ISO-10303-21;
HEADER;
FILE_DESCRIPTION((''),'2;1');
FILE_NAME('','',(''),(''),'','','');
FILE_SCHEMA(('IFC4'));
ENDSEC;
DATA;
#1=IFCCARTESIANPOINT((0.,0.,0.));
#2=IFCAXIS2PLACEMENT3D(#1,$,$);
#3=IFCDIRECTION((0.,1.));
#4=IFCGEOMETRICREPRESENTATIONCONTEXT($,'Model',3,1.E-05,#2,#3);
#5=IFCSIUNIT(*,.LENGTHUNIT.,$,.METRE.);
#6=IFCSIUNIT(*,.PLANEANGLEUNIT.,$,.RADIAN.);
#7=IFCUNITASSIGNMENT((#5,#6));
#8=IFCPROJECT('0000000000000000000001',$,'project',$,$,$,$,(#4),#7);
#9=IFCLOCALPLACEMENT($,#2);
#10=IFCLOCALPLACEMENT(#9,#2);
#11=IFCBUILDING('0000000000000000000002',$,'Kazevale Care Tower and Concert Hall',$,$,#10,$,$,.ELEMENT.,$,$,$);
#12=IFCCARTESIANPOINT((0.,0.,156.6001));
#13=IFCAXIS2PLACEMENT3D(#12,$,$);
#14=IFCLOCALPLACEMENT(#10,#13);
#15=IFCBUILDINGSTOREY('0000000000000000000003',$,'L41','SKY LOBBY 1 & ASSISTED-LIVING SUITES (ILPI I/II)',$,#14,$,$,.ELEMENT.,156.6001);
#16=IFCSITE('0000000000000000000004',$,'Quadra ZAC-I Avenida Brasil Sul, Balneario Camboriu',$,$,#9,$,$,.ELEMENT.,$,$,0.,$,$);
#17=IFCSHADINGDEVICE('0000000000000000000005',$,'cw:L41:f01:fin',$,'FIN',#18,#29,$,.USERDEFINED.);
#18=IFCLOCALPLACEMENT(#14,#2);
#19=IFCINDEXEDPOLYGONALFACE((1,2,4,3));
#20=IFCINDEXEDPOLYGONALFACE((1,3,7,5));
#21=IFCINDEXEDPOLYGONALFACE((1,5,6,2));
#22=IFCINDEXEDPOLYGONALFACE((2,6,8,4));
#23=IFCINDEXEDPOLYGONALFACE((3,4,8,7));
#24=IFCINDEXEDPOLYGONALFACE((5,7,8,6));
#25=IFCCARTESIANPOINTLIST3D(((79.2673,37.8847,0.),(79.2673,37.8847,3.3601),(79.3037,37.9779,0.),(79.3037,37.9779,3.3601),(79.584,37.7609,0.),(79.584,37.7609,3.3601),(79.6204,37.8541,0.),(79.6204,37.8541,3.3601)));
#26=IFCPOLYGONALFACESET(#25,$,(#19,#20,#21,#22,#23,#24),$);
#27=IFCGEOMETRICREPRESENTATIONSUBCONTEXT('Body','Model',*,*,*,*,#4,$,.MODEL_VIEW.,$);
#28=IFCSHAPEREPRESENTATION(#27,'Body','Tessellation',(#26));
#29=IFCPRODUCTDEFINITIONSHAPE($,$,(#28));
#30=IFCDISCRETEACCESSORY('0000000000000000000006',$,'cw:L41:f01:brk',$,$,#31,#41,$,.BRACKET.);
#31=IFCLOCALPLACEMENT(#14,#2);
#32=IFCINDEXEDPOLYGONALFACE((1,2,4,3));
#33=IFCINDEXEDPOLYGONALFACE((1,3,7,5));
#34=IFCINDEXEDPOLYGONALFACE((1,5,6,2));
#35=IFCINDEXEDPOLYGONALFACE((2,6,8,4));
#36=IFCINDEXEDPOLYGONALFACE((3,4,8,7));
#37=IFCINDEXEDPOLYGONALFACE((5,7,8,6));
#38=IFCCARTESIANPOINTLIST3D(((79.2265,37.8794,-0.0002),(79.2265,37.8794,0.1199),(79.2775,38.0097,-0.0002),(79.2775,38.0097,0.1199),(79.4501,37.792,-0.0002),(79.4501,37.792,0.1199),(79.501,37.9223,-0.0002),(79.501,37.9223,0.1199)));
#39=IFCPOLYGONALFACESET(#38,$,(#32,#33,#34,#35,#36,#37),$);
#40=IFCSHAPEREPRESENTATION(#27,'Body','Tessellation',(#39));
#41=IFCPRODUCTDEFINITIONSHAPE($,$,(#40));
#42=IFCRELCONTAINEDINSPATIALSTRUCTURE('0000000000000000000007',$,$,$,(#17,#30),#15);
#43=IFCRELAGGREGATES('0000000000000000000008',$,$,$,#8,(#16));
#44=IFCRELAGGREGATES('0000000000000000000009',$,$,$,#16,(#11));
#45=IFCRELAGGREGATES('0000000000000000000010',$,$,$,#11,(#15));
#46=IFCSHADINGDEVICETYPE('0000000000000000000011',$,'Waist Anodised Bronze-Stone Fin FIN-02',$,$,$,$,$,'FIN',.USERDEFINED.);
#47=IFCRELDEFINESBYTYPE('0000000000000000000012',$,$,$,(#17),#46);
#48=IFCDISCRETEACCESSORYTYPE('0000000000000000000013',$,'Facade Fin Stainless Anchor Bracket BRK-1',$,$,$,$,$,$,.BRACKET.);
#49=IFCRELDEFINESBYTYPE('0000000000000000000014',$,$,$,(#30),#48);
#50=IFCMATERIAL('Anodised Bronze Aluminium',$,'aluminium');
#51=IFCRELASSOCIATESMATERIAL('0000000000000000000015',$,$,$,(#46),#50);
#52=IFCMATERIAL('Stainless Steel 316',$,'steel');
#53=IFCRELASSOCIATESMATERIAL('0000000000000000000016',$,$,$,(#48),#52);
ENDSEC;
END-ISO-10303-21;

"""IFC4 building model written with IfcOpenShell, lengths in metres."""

from ifc_helpers import new_model, si_unit, direction, frame, origin, origin_2d, place, context, subcontext, project, spatial, rectangle, extrude, material, type_object, element, save


model = new_model("IFC4")

# Units and contexts
model_context = context("Model", 3, precision=1e-05, world=origin(), true_north=direction((0.0, 1.0)))
body_context = subcontext(model_context, "Body", "Model", "MODEL_VIEW")
ifc_project = project(units=[si_unit("LENGTHUNIT", "METRE"), si_unit("PLANEANGLEUNIT", "RADIAN")], contexts=[model_context])

# Site, building, storey
site_placement = place(None, origin())
site = spatial("IfcSite", under=ifc_project, at=site_placement, Name="Quadra ZAC-I Avenida Brasil Sul, Balneario Camboriu", CompositionType="ELEMENT", RefElevation=0.0)
building_placement = place(site_placement, origin())
building = spatial("IfcBuilding", under=site, at=building_placement, Name="Kazevale Care Tower and Concert Hall", CompositionType="ELEMENT")
storey_placement = place(building_placement, frame((0.0, 0.0, 156.6001)))
storey = spatial("IfcBuildingStorey", under=building, at=storey_placement, Name="L41", Description="SKY LOBBY 1 & ASSISTED-LIVING SUITES (ILPI I/II)", CompositionType="ELEMENT", Elevation=156.6001)

# Shading device
ifc_material_1 = material(Name="Anodised Bronze Aluminium", Category="aluminium")
shading_device_type = type_object("IfcShadingDeviceType", Name="Waist Anodised Bronze-Stone Fin FIN-02", ElementType="FIN", PredefinedType="USERDEFINED", material=ifc_material_1)
shading_device_placement = place(storey_placement, frame((79.4438, 37.8694, 0.0), z_axis=(0.0, 0.0, 1.0), x_axis=(0.931374, -0.364064, 0.0)))
element("IfcShadingDevice", 1, at=shading_device_placement, inside=storey, type_object=shading_device_type, Name="cw:L41:f01:fin", ObjectType="FIN", PredefinedType="USERDEFINED", context=body_context, shape_type="SweptSolid", body=[
    extrude(rectangle(XDim=0.3401, YDim=0.1001, at=origin_2d()), origin(), (0.0, 0.0, 1.0), 3.3601),
])

# Discrete accessory
ifc_material_2 = material(Name="Stainless Steel 316", Category="steel")
discrete_accessory_type = type_object("IfcDiscreteAccessoryType", Name="Facade Fin Stainless Anchor Bracket BRK-1", PredefinedType="BRACKET", material=ifc_material_2)
discrete_accessory_placement = place(storey_placement, frame((79.3638, 37.9009, -0.0002), z_axis=(0.0, 0.0, 1.0), x_axis=(0.931374, -0.364064, 0.0)))
element("IfcDiscreteAccessory", 2, at=discrete_accessory_placement, inside=storey, type_object=discrete_accessory_type, Name="cw:L41:f01:brk", PredefinedType="BRACKET", context=body_context, shape_type="SweptSolid", body=[
    extrude(rectangle(XDim=0.24, YDim=0.1399, at=origin_2d()), origin(), (0.0, 0.0, 1.0), 0.1201),
])

save(model, "model.ifc")
